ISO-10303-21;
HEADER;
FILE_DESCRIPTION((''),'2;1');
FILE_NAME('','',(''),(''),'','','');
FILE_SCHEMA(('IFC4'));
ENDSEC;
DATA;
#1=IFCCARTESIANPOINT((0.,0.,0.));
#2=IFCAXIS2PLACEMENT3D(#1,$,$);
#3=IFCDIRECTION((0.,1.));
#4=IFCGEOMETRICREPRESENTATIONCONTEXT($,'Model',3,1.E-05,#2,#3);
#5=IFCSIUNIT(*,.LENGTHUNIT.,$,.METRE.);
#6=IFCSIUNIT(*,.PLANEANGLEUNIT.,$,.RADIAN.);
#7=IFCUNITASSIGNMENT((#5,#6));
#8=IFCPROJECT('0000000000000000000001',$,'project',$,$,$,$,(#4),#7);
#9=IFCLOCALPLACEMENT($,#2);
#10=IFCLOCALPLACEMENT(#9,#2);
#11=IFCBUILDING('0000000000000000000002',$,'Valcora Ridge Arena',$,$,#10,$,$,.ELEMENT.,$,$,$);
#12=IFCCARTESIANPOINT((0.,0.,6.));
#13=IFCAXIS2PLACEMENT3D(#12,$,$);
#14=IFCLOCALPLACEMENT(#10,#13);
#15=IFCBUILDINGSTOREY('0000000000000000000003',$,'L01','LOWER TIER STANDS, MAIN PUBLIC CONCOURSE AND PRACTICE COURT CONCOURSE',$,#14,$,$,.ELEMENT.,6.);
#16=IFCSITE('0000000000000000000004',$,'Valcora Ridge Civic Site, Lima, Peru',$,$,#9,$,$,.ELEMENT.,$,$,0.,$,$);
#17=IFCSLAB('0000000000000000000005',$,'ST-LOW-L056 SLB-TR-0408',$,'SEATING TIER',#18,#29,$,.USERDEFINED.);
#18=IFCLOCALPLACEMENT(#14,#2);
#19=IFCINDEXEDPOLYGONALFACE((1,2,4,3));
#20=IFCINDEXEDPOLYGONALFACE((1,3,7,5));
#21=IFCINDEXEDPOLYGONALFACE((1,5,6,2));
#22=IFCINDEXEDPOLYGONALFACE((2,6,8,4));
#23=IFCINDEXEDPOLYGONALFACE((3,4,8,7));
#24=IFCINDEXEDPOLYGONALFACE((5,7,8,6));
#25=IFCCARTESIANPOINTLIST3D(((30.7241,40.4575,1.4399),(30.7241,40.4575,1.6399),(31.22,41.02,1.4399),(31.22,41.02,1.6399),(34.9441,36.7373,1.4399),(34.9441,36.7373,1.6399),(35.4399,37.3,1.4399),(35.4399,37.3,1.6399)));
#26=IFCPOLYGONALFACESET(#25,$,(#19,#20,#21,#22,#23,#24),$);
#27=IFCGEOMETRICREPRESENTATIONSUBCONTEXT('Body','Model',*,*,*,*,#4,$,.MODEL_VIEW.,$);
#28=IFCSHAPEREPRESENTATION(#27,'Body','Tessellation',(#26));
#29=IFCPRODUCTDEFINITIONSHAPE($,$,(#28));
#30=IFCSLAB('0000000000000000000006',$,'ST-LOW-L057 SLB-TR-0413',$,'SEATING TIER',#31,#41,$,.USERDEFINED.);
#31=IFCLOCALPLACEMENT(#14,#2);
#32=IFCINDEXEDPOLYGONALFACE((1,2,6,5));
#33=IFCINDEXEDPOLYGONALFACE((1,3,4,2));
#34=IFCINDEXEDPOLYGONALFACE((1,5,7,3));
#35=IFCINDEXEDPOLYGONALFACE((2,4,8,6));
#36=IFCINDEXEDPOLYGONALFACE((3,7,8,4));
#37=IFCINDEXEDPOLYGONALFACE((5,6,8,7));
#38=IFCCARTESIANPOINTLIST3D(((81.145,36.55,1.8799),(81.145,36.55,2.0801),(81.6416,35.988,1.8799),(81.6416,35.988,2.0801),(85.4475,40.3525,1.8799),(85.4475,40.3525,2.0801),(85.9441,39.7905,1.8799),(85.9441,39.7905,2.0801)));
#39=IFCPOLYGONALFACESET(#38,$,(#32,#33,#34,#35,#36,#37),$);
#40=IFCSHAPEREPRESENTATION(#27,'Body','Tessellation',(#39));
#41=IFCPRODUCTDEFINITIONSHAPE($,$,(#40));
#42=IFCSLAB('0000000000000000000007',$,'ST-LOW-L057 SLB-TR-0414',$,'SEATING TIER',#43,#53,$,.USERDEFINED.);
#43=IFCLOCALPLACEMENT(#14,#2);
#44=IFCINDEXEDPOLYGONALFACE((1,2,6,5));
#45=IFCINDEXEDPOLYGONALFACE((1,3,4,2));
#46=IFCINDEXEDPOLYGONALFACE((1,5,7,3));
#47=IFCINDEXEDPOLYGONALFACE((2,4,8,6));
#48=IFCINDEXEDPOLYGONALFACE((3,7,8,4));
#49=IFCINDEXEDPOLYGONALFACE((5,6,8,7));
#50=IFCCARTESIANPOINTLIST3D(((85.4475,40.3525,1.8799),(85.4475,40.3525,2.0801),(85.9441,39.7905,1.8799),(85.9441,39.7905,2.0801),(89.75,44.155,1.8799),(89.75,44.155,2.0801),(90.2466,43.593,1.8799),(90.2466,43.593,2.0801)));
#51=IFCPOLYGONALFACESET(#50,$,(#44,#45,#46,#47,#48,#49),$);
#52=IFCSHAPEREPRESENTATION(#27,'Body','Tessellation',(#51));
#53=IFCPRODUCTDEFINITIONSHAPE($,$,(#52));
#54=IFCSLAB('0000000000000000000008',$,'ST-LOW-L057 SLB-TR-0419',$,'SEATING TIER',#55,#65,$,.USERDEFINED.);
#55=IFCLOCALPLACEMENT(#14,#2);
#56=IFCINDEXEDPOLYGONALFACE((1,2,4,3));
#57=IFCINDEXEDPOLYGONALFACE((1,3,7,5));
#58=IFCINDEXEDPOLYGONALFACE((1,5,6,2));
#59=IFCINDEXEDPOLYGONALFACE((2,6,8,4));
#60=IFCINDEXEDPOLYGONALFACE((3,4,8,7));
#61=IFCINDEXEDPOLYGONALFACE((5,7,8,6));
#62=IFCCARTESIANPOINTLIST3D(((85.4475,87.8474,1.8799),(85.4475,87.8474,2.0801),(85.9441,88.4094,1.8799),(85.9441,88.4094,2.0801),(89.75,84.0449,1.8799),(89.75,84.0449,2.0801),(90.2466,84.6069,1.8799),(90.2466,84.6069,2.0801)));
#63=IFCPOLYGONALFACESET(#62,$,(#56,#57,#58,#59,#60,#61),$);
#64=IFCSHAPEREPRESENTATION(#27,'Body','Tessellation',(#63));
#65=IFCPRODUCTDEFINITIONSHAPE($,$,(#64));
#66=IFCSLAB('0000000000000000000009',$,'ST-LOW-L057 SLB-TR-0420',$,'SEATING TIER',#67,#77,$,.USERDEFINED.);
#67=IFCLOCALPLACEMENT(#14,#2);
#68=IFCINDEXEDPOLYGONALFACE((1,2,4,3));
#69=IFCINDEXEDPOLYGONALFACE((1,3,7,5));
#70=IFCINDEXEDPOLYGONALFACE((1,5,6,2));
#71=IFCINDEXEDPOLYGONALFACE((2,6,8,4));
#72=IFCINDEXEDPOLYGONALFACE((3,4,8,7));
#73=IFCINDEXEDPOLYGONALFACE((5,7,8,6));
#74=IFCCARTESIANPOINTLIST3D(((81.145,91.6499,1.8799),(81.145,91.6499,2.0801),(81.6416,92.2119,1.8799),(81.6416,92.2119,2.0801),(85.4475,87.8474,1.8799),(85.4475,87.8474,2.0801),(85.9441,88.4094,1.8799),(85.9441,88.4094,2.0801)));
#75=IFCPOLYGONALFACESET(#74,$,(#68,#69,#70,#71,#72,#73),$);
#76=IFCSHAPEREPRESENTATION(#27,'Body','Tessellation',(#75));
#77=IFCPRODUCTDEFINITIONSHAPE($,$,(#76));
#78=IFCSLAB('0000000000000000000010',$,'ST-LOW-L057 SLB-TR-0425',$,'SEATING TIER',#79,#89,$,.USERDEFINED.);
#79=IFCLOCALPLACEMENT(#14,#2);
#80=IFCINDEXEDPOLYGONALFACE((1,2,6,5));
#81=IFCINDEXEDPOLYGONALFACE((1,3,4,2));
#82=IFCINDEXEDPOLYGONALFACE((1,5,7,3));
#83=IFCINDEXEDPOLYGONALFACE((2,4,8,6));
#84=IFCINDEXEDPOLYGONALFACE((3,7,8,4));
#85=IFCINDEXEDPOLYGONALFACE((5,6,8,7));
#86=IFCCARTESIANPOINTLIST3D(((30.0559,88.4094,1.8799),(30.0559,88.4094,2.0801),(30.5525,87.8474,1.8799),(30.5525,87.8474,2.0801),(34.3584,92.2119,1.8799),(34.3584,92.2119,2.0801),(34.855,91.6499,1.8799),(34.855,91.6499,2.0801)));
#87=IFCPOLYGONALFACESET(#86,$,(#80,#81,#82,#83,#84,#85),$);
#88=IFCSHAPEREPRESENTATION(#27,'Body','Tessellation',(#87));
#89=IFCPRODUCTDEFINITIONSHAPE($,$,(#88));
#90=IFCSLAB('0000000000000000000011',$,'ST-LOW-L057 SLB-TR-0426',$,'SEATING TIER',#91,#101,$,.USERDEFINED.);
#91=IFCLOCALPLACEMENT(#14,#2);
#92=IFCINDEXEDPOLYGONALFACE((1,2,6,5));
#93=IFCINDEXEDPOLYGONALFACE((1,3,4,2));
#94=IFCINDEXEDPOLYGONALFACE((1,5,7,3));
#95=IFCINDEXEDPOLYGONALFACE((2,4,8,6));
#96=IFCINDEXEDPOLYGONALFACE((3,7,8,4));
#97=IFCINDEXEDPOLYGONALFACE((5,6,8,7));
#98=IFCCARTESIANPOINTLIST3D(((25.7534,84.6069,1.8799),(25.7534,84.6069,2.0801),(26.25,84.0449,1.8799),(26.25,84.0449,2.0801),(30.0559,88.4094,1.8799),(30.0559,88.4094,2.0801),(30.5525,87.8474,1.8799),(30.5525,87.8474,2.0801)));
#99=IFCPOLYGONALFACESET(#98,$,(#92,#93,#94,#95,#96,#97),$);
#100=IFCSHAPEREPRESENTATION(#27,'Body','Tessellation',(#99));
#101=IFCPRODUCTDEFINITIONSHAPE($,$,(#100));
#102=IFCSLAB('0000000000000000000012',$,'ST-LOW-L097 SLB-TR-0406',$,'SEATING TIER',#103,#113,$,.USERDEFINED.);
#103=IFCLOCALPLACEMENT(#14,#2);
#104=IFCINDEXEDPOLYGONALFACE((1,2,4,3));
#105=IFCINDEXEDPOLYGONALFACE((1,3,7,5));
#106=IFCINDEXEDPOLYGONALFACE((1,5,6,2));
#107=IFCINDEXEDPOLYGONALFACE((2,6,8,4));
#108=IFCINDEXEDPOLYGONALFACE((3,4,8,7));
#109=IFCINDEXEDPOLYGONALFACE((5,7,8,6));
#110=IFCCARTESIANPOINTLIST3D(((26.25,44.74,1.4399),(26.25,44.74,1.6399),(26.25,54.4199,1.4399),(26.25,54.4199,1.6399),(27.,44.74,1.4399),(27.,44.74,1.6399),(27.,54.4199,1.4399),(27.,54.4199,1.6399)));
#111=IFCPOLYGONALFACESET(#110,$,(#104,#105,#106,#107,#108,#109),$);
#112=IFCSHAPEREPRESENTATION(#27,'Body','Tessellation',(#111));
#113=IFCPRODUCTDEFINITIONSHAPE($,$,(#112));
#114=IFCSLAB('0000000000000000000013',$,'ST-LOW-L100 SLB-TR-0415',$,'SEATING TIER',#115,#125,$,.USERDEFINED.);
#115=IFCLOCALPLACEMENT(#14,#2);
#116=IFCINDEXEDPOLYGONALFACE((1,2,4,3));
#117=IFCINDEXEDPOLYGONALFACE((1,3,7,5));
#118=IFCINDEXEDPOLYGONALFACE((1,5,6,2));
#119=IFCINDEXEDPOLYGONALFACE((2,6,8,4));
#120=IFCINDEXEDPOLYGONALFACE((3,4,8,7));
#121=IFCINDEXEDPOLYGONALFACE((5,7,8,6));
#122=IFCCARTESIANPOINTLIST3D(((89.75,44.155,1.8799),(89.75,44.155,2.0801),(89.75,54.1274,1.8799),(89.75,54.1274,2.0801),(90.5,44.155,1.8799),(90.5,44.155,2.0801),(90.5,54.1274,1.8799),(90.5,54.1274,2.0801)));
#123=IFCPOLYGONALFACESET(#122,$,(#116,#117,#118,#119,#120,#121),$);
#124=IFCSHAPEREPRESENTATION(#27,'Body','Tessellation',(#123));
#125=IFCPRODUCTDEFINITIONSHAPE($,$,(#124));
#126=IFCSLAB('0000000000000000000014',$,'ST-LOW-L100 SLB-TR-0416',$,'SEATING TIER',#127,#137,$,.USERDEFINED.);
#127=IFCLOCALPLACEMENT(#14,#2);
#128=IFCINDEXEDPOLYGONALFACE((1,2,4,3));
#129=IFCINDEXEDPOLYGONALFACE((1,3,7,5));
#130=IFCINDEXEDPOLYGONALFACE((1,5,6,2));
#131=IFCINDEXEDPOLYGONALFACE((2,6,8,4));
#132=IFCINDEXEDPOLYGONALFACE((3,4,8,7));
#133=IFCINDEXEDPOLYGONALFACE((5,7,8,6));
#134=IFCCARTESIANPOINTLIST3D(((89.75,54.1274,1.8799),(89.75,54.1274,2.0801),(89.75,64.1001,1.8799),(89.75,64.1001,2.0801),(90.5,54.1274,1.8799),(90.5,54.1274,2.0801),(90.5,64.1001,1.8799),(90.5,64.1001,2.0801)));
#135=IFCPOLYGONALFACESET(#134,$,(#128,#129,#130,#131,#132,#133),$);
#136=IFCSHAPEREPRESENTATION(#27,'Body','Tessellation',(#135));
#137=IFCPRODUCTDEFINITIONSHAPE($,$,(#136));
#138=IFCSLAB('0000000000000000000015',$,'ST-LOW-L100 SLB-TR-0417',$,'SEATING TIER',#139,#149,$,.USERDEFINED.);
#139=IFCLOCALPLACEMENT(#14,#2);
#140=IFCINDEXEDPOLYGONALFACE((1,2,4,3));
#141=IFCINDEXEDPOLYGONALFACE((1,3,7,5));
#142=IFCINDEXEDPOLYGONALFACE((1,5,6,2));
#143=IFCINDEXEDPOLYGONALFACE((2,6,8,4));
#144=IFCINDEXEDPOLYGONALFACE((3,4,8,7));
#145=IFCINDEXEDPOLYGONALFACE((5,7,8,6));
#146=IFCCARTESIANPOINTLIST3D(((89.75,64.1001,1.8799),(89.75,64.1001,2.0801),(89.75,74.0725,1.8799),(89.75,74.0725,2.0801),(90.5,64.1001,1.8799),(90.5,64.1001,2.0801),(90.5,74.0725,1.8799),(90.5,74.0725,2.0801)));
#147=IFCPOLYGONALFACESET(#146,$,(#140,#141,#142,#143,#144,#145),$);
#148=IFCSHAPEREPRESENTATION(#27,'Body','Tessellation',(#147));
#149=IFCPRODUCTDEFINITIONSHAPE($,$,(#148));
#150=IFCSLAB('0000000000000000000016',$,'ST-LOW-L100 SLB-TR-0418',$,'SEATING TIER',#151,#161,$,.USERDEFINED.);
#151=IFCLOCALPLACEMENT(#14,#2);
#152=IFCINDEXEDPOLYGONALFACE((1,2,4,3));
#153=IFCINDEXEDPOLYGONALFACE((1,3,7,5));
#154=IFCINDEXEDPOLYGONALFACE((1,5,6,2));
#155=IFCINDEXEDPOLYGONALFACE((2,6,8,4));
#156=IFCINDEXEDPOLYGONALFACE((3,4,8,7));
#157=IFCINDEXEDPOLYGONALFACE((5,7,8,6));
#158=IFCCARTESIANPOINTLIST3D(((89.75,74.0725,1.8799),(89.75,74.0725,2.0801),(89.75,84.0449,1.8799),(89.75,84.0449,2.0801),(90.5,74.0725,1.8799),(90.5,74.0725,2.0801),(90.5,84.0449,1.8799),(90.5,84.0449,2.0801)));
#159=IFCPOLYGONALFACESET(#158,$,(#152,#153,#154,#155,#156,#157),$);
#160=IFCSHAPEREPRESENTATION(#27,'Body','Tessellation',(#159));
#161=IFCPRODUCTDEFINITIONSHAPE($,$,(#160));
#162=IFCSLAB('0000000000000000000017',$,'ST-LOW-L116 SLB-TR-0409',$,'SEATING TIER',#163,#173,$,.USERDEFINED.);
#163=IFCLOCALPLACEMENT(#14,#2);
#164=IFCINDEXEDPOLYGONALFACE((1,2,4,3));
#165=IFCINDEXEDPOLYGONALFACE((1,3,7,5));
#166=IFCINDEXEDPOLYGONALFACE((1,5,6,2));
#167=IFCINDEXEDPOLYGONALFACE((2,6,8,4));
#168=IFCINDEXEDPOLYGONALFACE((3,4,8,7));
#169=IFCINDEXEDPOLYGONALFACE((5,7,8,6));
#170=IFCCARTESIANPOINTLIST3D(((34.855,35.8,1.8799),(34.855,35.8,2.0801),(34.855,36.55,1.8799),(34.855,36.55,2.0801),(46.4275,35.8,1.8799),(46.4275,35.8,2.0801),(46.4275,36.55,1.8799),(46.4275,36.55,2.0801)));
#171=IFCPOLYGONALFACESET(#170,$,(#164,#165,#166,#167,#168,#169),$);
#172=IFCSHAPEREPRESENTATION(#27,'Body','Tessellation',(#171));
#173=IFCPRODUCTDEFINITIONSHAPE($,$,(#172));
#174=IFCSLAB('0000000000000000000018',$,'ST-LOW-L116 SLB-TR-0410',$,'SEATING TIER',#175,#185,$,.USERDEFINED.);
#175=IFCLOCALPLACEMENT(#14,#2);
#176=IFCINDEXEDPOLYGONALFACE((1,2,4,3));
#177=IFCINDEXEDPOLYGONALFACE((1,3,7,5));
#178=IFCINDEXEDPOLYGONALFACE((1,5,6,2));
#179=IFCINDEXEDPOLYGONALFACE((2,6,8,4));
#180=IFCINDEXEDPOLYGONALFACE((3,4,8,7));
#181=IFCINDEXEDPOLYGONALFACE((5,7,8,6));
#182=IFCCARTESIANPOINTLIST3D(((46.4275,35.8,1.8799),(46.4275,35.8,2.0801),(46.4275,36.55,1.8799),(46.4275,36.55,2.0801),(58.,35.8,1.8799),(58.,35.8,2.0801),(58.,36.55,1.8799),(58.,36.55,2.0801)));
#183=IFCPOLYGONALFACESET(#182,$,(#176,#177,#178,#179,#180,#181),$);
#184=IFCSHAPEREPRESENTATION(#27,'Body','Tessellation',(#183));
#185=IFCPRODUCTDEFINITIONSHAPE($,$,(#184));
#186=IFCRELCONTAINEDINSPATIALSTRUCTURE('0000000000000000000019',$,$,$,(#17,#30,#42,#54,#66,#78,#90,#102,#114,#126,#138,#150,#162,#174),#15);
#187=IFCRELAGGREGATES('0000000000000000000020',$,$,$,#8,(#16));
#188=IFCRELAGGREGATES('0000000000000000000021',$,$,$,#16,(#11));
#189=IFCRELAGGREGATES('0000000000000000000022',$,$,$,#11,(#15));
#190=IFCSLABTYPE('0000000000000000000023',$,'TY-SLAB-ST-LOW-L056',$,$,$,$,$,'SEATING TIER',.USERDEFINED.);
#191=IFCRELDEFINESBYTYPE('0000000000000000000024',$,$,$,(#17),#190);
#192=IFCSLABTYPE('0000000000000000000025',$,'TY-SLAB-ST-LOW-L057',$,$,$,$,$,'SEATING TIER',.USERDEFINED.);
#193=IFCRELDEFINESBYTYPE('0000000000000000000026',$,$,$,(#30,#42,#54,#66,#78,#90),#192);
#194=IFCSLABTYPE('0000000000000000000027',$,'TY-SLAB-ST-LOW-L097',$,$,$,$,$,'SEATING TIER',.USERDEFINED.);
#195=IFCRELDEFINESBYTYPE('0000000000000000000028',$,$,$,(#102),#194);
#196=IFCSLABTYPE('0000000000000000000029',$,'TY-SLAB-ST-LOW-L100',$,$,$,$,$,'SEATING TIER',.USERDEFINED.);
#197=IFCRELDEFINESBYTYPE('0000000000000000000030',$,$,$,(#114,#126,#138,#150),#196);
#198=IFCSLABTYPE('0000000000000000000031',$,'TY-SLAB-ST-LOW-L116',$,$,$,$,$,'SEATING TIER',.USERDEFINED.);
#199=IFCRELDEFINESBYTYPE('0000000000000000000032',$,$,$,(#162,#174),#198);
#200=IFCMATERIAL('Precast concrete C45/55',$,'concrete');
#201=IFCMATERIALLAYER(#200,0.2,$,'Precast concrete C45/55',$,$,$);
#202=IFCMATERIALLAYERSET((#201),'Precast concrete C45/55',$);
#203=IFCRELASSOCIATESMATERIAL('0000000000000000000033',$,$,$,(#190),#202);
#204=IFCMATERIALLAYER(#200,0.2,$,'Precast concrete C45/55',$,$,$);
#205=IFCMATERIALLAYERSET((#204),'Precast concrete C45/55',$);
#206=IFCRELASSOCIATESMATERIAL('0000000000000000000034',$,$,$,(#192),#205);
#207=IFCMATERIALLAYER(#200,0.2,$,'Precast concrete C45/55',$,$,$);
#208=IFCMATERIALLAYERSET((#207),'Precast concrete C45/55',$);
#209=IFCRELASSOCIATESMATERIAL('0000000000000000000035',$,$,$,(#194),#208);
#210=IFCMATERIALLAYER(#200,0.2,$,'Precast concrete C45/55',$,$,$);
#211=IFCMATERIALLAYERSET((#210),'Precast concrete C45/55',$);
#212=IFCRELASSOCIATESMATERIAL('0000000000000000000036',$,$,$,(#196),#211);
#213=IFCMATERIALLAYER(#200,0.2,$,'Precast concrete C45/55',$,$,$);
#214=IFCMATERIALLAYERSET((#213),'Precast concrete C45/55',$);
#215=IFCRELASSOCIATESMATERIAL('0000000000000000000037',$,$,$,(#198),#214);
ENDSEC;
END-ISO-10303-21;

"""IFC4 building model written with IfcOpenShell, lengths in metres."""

from ifc_helpers import new_model, si_unit, direction, frame, origin, place, context, subcontext, project, spatial, polyline, outline, extrude, material, layer, layer_set, type_object, element, save


model = new_model("IFC4")

# Units and contexts
model_context = context("Model", 3, precision=1e-05, world=origin(), true_north=direction((0.0, 1.0)))
body_context = subcontext(model_context, "Body", "Model", "MODEL_VIEW")
ifc_project = project(units=[si_unit("LENGTHUNIT", "METRE"), si_unit("PLANEANGLEUNIT", "RADIAN")], contexts=[model_context])

# Site, building, storey
site_placement = place(None, origin())
site = spatial("IfcSite", under=ifc_project, at=site_placement, Name="Valcora Ridge Civic Site, Lima, Peru", CompositionType="ELEMENT", RefElevation=0.0)
building_placement = place(site_placement, origin())
building = spatial("IfcBuilding", under=site, at=building_placement, Name="Valcora Ridge Arena", CompositionType="ELEMENT")
storey_placement = place(building_placement, frame((0.0, 0.0, 6.0)))
storey = spatial("IfcBuildingStorey", under=building, at=storey_placement, Name="L01", Description="LOWER TIER STANDS, MAIN PUBLIC CONCOURSE AND PRACTICE COURT CONCOURSE", CompositionType="ELEMENT", Elevation=6.0)

# Slabs
ifc_material = material(Name="Precast concrete C45/55", Category="concrete")
ifc_layer_1 = layer(ifc_material, 0.2, Name="Precast concrete C45/55")
ifc_layer_set_1 = layer_set([ifc_layer_1], Name="Precast concrete C45/55")
slab_type_1 = type_object("IfcSlabType", Name="TY-SLAB-ST-LOW-L056", ElementType="SEATING TIER", PredefinedType="USERDEFINED", material=ifc_layer_set_1)
slab_1_placement = place(storey_placement, frame((0.0, 0.0, 1.4399)))
element("IfcSlab", 1, at=slab_1_placement, inside=storey, type_object=slab_type_1, Name="ST-LOW-L056 SLB-TR-0408", ObjectType="SEATING TIER", PredefinedType="USERDEFINED", context=body_context, shape_type="SweptSolid", body=[
    extrude(outline(polyline([(31.22, 41.02), (35.4399, 37.3), (34.9441, 36.7373), (30.7241, 40.4575), (31.22, 41.02)])), origin(), (0.0, 0.0, 1.0), 0.2),
])
ifc_layer_2 = layer(ifc_material, 0.2, Name="Precast concrete C45/55")
ifc_layer_set_2 = layer_set([ifc_layer_2], Name="Precast concrete C45/55")
slab_type_2 = type_object("IfcSlabType", Name="TY-SLAB-ST-LOW-L057", ElementType="SEATING TIER", PredefinedType="USERDEFINED", material=ifc_layer_set_2)
slab_2_placement = place(storey_placement, frame((0.0, 0.0, 1.8799)))
element("IfcSlab", 2, at=slab_2_placement, inside=storey, type_object=slab_type_2, Name="ST-LOW-L057 SLB-TR-0413", ObjectType="SEATING TIER", PredefinedType="USERDEFINED", context=body_context, shape_type="SweptSolid", body=[
    extrude(outline(polyline([(81.145, 36.55), (85.4475, 40.3525), (85.9441, 39.7905), (81.6416, 35.988), (81.145, 36.55)])), origin(), (0.0, 0.0, 1.0), 0.2002),
])
slab_3_placement = place(storey_placement, frame((0.0, 0.0, 1.8799)))
element("IfcSlab", 3, at=slab_3_placement, inside=storey, type_object=slab_type_2, Name="ST-LOW-L057 SLB-TR-0414", ObjectType="SEATING TIER", PredefinedType="USERDEFINED", context=body_context, shape_type="SweptSolid", body=[
    extrude(outline(polyline([(85.4475, 40.3525), (89.75, 44.155), (90.2466, 43.593), (85.9441, 39.7905), (85.4475, 40.3525)])), origin(), (0.0, 0.0, 1.0), 0.2002),
])
slab_4_placement = place(storey_placement, frame((0.0, 0.0, 1.8799)))
element("IfcSlab", 4, at=slab_4_placement, inside=storey, type_object=slab_type_2, Name="ST-LOW-L057 SLB-TR-0419", ObjectType="SEATING TIER", PredefinedType="USERDEFINED", context=body_context, shape_type="SweptSolid", body=[
    extrude(outline(polyline([(89.75, 84.0449), (85.4475, 87.8474), (85.9441, 88.4094), (90.2466, 84.6069), (89.75, 84.0449)])), origin(), (0.0, 0.0, 1.0), 0.2002),
])
slab_5_placement = place(storey_placement, frame((0.0, 0.0, 1.8799)))
element("IfcSlab", 5, at=slab_5_placement, inside=storey, type_object=slab_type_2, Name="ST-LOW-L057 SLB-TR-0420", ObjectType="SEATING TIER", PredefinedType="USERDEFINED", context=body_context, shape_type="SweptSolid", body=[
    extrude(outline(polyline([(85.4475, 87.8474), (81.145, 91.6499), (81.6416, 92.2119), (85.9441, 88.4094), (85.4475, 87.8474)])), origin(), (0.0, 0.0, 1.0), 0.2002),
])
slab_6_placement = place(storey_placement, frame((0.0, 0.0, 1.8799)))
element("IfcSlab", 6, at=slab_6_placement, inside=storey, type_object=slab_type_2, Name="ST-LOW-L057 SLB-TR-0425", ObjectType="SEATING TIER", PredefinedType="USERDEFINED", context=body_context, shape_type="SweptSolid", body=[
    extrude(outline(polyline([(34.855, 91.6499), (30.5525, 87.8474), (30.0559, 88.4094), (34.3584, 92.2119), (34.855, 91.6499)])), origin(), (0.0, 0.0, 1.0), 0.2002),
])
slab_7_placement = place(storey_placement, frame((0.0, 0.0, 1.8799)))
element("IfcSlab", 7, at=slab_7_placement, inside=storey, type_object=slab_type_2, Name="ST-LOW-L057 SLB-TR-0426", ObjectType="SEATING TIER", PredefinedType="USERDEFINED", context=body_context, shape_type="SweptSolid", body=[
    extrude(outline(polyline([(30.5525, 87.8474), (26.25, 84.0449), (25.7534, 84.6069), (30.0559, 88.4094), (30.5525, 87.8474)])), origin(), (0.0, 0.0, 1.0), 0.2002),
])
ifc_layer_3 = layer(ifc_material, 0.2, Name="Precast concrete C45/55")
ifc_layer_set_3 = layer_set([ifc_layer_3], Name="Precast concrete C45/55")
slab_type_3 = type_object("IfcSlabType", Name="TY-SLAB-ST-LOW-L097", ElementType="SEATING TIER", PredefinedType="USERDEFINED", material=ifc_layer_set_3)
slab_8_placement = place(storey_placement, frame((0.0, 0.0, 1.4399)))
element("IfcSlab", 8, at=slab_8_placement, inside=storey, type_object=slab_type_3, Name="ST-LOW-L097 SLB-TR-0406", ObjectType="SEATING TIER", PredefinedType="USERDEFINED", context=body_context, shape_type="SweptSolid", body=[
    extrude(outline(polyline([(27.0, 54.4199), (27.0, 44.74), (26.25, 44.74), (26.25, 54.4199), (27.0, 54.4199)])), origin(), (0.0, 0.0, 1.0), 0.2),
])
ifc_layer_4 = layer(ifc_material, 0.2, Name="Precast concrete C45/55")
ifc_layer_set_4 = layer_set([ifc_layer_4], Name="Precast concrete C45/55")
slab_type_4 = type_object("IfcSlabType", Name="TY-SLAB-ST-LOW-L100", ElementType="SEATING TIER", PredefinedType="USERDEFINED", material=ifc_layer_set_4)
slab_9_placement = place(storey_placement, frame((0.0, 0.0, 1.8799)))
element("IfcSlab", 9, at=slab_9_placement, inside=storey, type_object=slab_type_4, Name="ST-LOW-L100 SLB-TR-0415", ObjectType="SEATING TIER", PredefinedType="USERDEFINED", context=body_context, shape_type="SweptSolid", body=[
    extrude(outline(polyline([(89.75, 44.155), (89.75, 54.1274), (90.5, 54.1274), (90.5, 44.155), (89.75, 44.155)])), origin(), (0.0, 0.0, 1.0), 0.2002),
])
slab_10_placement = place(storey_placement, frame((0.0, 0.0, 1.8799)))
element("IfcSlab", 10, at=slab_10_placement, inside=storey, type_object=slab_type_4, Name="ST-LOW-L100 SLB-TR-0416", ObjectType="SEATING TIER", PredefinedType="USERDEFINED", context=body_context, shape_type="SweptSolid", body=[
    extrude(outline(polyline([(89.75, 54.1274), (89.75, 64.1001), (90.5, 64.1001), (90.5, 54.1274), (89.75, 54.1274)])), origin(), (0.0, 0.0, 1.0), 0.2002),
])
slab_11_placement = place(storey_placement, frame((0.0, 0.0, 1.8799)))
element("IfcSlab", 11, at=slab_11_placement, inside=storey, type_object=slab_type_4, Name="ST-LOW-L100 SLB-TR-0417", ObjectType="SEATING TIER", PredefinedType="USERDEFINED", context=body_context, shape_type="SweptSolid", body=[
    extrude(outline(polyline([(89.75, 64.1001), (89.75, 74.0725), (90.5, 74.0725), (90.5, 64.1001), (89.75, 64.1001)])), origin(), (0.0, 0.0, 1.0), 0.2002),
])
slab_12_placement = place(storey_placement, frame((0.0, 0.0, 1.8799)))
element("IfcSlab", 12, at=slab_12_placement, inside=storey, type_object=slab_type_4, Name="ST-LOW-L100 SLB-TR-0418", ObjectType="SEATING TIER", PredefinedType="USERDEFINED", context=body_context, shape_type="SweptSolid", body=[
    extrude(outline(polyline([(89.75, 74.0725), (89.75, 84.0449), (90.5, 84.0449), (90.5, 74.0725), (89.75, 74.0725)])), origin(), (0.0, 0.0, 1.0), 0.2002),
])
ifc_layer_5 = layer(ifc_material, 0.2, Name="Precast concrete C45/55")
ifc_layer_set_5 = layer_set([ifc_layer_5], Name="Precast concrete C45/55")
slab_type_5 = type_object("IfcSlabType", Name="TY-SLAB-ST-LOW-L116", ElementType="SEATING TIER", PredefinedType="USERDEFINED", material=ifc_layer_set_5)
slab_13_placement = place(storey_placement, frame((0.0, 0.0, 1.8799)))
element("IfcSlab", 13, at=slab_13_placement, inside=storey, type_object=slab_type_5, Name="ST-LOW-L116 SLB-TR-0409", ObjectType="SEATING TIER", PredefinedType="USERDEFINED", context=body_context, shape_type="SweptSolid", body=[
    extrude(outline(polyline([(34.855, 36.55), (46.4275, 36.55), (46.4275, 35.8), (34.855, 35.8), (34.855, 36.55)])), origin(), (0.0, 0.0, 1.0), 0.2002),
])
slab_14_placement = place(storey_placement, frame((0.0, 0.0, 1.8799)))
element("IfcSlab", 14, at=slab_14_placement, inside=storey, type_object=slab_type_5, Name="ST-LOW-L116 SLB-TR-0410", ObjectType="SEATING TIER", PredefinedType="USERDEFINED", context=body_context, shape_type="SweptSolid", body=[
    extrude(outline(polyline([(46.4275, 36.55), (58.0, 36.55), (58.0, 35.8), (46.4275, 35.8), (46.4275, 36.55)])), origin(), (0.0, 0.0, 1.0), 0.2002),
])

save(model, "model.ifc")
